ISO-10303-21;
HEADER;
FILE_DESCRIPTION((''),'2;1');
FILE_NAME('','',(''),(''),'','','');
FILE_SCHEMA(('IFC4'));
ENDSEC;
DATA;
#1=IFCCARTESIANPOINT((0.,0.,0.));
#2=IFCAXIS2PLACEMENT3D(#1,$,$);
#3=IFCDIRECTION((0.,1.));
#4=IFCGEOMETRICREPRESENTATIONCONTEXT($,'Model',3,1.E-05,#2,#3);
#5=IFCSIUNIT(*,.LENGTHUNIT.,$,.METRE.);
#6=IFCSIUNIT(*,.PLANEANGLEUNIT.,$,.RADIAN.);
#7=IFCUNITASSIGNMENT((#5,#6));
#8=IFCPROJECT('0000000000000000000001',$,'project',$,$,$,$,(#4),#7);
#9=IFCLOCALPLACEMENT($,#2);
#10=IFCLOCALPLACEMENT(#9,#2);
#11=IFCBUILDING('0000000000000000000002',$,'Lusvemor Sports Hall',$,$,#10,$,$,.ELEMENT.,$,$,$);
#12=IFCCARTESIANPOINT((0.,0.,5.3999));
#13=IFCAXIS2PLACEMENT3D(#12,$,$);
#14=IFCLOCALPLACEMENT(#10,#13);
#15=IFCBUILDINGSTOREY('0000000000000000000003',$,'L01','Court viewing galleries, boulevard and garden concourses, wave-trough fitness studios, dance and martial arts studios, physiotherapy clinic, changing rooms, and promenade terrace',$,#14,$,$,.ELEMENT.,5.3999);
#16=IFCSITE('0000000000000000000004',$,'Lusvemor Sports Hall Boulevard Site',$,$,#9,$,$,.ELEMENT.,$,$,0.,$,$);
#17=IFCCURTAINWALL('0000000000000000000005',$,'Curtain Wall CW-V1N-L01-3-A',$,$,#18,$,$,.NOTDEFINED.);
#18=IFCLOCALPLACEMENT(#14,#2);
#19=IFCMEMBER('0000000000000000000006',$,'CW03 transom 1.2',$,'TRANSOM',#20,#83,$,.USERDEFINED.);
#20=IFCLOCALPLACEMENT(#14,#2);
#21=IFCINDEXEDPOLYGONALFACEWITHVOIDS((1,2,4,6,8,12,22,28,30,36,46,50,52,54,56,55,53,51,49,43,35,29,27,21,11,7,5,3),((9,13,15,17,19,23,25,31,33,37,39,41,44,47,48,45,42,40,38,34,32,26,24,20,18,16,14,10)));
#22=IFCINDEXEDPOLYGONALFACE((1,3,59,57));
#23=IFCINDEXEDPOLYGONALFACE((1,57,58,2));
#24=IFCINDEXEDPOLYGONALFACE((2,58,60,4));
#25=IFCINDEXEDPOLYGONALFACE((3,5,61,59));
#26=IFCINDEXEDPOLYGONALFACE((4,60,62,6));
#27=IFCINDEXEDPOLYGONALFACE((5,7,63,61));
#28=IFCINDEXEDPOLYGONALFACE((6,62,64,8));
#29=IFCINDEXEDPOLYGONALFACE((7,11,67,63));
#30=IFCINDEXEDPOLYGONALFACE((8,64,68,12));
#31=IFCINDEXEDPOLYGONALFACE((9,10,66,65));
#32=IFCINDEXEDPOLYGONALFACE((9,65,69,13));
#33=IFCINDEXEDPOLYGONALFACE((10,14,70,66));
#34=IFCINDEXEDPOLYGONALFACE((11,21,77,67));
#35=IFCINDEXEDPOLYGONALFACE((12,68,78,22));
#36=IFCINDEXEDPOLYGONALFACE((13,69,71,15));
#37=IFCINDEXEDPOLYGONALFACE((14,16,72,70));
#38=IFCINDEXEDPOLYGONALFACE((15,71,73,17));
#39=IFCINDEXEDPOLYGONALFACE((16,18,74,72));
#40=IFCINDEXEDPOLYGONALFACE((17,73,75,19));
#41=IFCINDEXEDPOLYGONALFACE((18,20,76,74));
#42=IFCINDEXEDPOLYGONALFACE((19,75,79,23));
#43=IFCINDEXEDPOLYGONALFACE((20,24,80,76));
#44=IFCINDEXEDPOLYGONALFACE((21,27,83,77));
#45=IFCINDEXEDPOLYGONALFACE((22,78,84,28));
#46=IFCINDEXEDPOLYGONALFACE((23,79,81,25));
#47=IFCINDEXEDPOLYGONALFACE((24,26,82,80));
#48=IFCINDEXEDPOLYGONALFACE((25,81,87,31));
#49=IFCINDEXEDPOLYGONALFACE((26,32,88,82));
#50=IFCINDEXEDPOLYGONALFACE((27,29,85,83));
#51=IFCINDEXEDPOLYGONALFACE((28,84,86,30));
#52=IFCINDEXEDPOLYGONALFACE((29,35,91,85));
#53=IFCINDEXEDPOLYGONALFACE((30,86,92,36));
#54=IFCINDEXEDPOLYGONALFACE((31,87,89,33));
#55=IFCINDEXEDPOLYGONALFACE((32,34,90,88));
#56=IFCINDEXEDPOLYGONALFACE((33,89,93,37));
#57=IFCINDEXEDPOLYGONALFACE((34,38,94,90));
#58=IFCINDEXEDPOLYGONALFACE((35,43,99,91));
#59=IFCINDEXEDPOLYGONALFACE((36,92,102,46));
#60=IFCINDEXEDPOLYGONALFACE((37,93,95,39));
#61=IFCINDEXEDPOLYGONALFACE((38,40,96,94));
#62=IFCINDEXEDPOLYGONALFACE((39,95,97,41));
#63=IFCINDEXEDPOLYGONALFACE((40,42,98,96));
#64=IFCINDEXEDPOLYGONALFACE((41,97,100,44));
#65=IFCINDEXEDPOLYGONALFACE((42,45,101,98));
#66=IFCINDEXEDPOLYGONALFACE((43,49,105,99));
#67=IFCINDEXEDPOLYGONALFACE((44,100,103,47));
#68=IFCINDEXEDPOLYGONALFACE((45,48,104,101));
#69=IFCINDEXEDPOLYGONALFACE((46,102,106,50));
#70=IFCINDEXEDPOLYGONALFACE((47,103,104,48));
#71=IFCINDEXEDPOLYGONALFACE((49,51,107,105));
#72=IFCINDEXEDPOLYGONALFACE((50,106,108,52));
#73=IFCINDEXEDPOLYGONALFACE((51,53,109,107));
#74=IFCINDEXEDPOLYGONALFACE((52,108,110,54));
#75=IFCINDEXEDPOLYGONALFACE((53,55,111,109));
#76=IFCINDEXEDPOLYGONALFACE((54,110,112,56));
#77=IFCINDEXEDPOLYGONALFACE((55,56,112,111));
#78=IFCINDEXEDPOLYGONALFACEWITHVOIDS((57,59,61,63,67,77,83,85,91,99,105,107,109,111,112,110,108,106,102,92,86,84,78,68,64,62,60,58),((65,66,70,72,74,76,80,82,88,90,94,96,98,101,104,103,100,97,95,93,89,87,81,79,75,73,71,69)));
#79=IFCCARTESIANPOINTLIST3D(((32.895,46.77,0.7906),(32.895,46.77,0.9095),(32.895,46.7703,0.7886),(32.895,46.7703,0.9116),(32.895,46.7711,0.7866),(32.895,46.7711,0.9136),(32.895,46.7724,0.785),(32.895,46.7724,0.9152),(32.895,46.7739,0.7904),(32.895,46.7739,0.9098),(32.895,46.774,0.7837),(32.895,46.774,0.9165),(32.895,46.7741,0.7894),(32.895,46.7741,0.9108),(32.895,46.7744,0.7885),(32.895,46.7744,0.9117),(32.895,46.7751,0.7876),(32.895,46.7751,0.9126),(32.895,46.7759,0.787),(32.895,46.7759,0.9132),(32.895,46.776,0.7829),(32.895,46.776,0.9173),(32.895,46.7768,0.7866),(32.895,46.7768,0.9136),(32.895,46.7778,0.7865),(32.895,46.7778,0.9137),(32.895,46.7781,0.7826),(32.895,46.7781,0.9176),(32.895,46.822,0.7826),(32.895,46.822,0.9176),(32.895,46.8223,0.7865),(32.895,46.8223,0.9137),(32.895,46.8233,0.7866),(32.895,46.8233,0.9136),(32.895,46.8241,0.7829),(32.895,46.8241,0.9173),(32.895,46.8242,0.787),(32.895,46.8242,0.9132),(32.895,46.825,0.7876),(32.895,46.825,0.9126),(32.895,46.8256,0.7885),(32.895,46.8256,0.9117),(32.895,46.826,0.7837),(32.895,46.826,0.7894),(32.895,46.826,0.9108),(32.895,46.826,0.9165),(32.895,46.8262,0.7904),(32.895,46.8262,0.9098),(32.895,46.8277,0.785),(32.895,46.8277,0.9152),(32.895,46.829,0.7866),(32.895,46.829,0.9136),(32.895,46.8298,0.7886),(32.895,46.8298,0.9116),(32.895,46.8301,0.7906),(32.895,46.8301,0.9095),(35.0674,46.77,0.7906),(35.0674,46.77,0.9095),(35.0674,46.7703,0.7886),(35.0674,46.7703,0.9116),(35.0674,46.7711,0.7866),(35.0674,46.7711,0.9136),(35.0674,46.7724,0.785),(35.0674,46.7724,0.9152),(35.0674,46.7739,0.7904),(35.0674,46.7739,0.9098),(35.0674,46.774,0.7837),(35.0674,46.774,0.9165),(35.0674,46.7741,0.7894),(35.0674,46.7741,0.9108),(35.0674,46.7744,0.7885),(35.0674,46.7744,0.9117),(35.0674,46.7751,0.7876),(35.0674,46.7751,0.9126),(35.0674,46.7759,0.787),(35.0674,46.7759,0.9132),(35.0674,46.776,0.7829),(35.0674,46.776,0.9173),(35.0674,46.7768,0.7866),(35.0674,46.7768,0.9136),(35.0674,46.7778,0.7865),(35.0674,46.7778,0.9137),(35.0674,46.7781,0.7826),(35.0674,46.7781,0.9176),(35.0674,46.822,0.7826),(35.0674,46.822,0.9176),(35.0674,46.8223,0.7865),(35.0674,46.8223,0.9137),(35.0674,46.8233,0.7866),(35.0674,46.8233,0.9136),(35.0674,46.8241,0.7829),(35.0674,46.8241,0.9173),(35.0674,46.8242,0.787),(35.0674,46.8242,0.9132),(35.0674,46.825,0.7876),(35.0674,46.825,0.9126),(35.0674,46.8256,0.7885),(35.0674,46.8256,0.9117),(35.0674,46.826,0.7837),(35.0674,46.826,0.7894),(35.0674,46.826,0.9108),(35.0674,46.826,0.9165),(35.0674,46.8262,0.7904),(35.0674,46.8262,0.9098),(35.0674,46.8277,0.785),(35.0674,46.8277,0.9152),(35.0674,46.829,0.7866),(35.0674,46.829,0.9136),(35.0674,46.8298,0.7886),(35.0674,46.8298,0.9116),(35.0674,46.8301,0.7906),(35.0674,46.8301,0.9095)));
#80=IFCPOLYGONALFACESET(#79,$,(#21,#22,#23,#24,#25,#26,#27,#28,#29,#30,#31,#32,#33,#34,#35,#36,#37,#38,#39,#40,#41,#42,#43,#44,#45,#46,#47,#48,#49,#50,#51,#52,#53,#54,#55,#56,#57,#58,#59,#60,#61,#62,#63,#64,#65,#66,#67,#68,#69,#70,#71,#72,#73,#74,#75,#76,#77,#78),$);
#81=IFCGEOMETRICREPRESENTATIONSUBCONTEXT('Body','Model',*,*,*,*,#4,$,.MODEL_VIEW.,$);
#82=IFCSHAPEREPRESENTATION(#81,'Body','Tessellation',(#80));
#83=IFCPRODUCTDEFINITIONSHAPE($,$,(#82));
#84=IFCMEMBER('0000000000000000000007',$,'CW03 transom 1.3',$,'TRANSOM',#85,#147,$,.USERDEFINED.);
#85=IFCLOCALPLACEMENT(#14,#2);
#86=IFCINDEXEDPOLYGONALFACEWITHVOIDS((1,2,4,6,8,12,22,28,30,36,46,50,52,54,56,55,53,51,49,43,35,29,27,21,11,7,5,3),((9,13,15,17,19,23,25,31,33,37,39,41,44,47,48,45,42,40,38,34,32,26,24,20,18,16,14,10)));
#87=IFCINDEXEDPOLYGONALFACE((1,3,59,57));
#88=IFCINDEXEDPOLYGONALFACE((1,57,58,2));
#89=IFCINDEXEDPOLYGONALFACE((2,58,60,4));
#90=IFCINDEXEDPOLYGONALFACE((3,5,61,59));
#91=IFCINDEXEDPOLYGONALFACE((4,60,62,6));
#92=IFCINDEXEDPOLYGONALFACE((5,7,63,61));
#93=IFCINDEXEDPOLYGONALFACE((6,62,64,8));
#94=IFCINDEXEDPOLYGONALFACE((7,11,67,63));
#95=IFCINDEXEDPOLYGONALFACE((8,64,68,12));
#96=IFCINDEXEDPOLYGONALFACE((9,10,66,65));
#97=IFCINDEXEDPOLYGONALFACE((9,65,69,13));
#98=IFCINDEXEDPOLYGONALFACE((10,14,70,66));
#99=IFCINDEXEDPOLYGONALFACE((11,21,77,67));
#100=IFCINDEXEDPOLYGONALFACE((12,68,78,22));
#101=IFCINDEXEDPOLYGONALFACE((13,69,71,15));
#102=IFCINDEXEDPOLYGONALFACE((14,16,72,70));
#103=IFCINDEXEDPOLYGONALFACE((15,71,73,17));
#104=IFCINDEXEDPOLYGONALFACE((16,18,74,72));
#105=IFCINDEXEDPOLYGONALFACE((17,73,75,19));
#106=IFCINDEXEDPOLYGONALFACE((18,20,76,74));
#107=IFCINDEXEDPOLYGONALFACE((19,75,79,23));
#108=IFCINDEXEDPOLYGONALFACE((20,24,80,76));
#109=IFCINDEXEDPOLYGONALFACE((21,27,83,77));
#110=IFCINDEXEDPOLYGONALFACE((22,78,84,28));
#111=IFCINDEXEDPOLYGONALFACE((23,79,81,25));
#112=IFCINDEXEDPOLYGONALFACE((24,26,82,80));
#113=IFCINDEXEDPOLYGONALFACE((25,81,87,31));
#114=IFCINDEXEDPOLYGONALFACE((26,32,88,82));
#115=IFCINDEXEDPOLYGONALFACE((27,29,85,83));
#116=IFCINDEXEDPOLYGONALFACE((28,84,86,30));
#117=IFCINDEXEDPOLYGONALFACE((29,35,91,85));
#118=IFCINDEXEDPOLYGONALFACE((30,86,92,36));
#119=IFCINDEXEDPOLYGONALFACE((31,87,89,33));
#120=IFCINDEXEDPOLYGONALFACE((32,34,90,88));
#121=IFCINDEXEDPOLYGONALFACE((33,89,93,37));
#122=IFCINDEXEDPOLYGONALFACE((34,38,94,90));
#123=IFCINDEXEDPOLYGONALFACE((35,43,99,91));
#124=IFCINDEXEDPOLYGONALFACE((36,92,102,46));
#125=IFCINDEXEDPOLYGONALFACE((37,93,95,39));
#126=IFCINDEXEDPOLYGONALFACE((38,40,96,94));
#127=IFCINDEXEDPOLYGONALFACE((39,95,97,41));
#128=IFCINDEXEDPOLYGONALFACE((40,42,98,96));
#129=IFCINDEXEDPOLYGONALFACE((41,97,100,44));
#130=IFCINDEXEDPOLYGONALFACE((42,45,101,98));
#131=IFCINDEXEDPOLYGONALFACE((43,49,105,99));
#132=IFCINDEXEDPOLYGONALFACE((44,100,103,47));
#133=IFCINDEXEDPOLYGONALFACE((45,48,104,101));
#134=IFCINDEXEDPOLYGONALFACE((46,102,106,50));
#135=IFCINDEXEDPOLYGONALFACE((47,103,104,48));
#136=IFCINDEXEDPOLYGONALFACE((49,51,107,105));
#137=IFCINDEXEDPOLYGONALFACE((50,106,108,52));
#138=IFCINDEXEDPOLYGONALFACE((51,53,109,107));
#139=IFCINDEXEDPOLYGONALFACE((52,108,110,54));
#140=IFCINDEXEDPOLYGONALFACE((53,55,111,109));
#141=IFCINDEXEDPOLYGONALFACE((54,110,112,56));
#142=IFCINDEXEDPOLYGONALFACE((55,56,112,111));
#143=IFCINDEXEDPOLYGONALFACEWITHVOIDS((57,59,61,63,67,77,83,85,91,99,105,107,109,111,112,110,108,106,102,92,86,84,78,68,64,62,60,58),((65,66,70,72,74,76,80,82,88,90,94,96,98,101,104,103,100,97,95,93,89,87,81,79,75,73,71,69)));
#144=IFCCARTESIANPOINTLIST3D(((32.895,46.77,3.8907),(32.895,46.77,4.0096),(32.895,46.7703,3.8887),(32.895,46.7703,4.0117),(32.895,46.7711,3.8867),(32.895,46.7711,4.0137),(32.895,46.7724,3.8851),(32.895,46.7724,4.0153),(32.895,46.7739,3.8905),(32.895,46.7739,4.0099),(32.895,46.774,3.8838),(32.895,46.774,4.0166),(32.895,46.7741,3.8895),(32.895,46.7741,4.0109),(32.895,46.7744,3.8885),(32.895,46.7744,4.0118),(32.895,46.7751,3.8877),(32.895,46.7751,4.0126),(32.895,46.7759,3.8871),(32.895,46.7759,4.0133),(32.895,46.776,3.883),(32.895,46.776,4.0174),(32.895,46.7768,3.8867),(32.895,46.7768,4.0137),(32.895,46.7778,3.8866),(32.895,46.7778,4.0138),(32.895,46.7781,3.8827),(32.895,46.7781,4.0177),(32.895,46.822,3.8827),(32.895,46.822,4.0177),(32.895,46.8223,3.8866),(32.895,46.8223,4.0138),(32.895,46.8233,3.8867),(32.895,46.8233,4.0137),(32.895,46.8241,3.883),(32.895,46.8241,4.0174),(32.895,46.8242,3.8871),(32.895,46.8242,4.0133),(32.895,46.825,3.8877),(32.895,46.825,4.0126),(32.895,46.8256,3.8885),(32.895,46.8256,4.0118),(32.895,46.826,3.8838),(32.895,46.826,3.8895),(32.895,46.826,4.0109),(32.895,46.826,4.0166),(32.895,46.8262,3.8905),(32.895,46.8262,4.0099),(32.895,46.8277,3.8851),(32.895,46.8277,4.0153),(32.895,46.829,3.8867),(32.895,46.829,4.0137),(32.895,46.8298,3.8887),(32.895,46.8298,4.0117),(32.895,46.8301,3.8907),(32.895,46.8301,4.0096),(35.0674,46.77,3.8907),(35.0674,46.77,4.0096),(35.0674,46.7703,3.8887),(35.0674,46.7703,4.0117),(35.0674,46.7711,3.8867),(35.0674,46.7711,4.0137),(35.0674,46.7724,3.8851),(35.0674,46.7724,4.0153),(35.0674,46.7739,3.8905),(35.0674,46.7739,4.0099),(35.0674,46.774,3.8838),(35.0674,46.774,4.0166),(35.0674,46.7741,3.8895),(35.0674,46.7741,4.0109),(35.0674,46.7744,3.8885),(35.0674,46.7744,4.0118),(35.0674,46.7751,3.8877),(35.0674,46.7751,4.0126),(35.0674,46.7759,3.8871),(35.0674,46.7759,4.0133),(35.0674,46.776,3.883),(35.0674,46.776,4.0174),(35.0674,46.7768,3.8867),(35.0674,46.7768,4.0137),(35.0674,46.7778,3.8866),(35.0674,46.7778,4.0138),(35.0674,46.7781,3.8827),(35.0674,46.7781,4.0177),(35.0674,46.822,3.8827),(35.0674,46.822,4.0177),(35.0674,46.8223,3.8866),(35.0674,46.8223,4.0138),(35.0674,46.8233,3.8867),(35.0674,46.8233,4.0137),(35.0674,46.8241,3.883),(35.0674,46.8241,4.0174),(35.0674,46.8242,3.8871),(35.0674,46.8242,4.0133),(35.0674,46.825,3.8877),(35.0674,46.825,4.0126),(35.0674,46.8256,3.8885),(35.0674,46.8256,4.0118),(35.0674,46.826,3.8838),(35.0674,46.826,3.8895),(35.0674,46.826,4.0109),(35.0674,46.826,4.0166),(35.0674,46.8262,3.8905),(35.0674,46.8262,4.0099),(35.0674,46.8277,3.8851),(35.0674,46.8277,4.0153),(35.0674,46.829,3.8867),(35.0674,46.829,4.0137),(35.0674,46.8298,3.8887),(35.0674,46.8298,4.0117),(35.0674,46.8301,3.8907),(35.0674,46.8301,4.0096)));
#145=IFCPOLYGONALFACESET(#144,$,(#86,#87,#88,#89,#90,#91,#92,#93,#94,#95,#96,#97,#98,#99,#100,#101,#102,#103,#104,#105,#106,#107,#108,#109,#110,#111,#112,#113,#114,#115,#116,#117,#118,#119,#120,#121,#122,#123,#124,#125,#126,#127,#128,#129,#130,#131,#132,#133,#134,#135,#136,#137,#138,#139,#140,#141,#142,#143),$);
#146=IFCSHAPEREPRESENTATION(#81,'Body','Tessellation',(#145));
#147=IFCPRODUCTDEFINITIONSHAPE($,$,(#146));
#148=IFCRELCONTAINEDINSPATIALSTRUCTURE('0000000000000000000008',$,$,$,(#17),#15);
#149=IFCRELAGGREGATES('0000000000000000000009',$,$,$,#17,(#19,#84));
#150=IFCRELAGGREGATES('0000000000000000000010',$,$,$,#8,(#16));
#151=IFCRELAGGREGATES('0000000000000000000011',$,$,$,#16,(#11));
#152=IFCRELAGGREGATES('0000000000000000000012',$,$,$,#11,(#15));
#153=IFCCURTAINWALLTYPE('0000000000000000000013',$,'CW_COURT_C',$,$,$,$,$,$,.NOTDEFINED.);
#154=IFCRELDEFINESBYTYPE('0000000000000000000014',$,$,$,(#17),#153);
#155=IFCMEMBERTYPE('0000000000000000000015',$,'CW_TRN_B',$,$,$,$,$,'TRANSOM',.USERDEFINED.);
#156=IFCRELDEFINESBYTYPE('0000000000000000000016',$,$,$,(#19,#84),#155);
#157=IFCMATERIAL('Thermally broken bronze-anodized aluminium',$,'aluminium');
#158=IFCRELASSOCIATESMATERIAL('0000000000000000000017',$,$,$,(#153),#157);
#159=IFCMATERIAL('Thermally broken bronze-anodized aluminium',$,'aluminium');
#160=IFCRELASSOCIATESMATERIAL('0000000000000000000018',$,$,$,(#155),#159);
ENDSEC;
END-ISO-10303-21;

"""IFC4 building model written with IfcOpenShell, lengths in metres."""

from ifc_helpers import new_model, si_unit, direction, frame, origin, origin_2d, place, context, subcontext, project, spatial, hollow_rectangle, extrude, material, material_profile, profile_set, type_object, element, aggregate, save


model = new_model("IFC4")

# Units and contexts
model_context = context("Model", 3, precision=1e-05, world=origin(), true_north=direction((0.0, 1.0)))
body_context = subcontext(model_context, "Body", "Model", "MODEL_VIEW")
ifc_project = project(units=[si_unit("LENGTHUNIT", "METRE"), si_unit("PLANEANGLEUNIT", "RADIAN")], contexts=[model_context])

# Site, building, storey
site_placement = place(None, origin())
site = spatial("IfcSite", under=ifc_project, at=site_placement, Name="Lusvemor Sports Hall Boulevard Site", CompositionType="ELEMENT", RefElevation=0.0)
building_placement = place(site_placement, origin())
building = spatial("IfcBuilding", under=site, at=building_placement, Name="Lusvemor Sports Hall", CompositionType="ELEMENT")
storey_placement = place(building_placement, frame((0.0, 0.0, 5.3999)))
storey = spatial("IfcBuildingStorey", under=building, at=storey_placement, Name="L01", Description="Court viewing galleries, boulevard and garden concourses, wave-trough fitness studios, dance and martial arts studios, physiotherapy clinic, changing rooms, and promenade terrace", CompositionType="ELEMENT", Elevation=5.3999)

# Shared definitions
ifc_material_1 = material(Name="Thermally broken bronze-anodized aluminium", Category="aluminium")
curtain_wall_type = type_object("IfcCurtainWallType", Name="CW_COURT_C", PredefinedType="NOTDEFINED", material=ifc_material_1)

# Curtain wall
curtain_wall_1_placement = place(storey_placement, origin())
curtain_wall_1 = element("IfcCurtainWall", 1, at=curtain_wall_1_placement, inside=storey, type_object=curtain_wall_type, Name="Curtain Wall CW-V1N-L01-3-A", PredefinedType="NOTDEFINED")

# Members
ifc_material_2 = material(Name="Thermally broken bronze-anodized aluminium", Category="aluminium")
ifc_material_profile_1 = material_profile(ifc_material_2, hollow_rectangle(XDim=0.0601, YDim=0.135, WallThickness=0.0039, InnerFilletRadius=0.0039, OuterFilletRadius=0.0081, at=origin_2d()), Name="CWTRN135x60x4")
ifc_profile_set_1 = profile_set([ifc_material_profile_1], Name="Thermally broken bronze-anodized aluminium")
member_type_1 = type_object("IfcMemberType", Name="CW_TRN_B", ElementType="TRANSOM", PredefinedType="USERDEFINED", material=ifc_profile_set_1)
member_1_placement = place(storey_placement, frame((32.895, 46.8, 0.8501), z_axis=(1.0, 0.0, 0.0), x_axis=(0.0, 1.0, 0.0)))
member_1 = element("IfcMember", 2, at=member_1_placement, type_object=member_type_1, Name="CW03 transom 1.2", ObjectType="TRANSOM", PredefinedType="USERDEFINED", context=body_context, shape_type="SweptSolid", body=[
    extrude(hollow_rectangle(XDim=0.0601, YDim=0.135, WallThickness=0.0039, InnerFilletRadius=0.0039, OuterFilletRadius=0.0081, at=origin_2d()), origin(), (0.0, 0.0, 1.0), 2.1724),
])
member_2_placement = place(storey_placement, frame((32.895, 46.8, 3.9502), z_axis=(1.0, 0.0, 0.0), x_axis=(0.0, 1.0, 0.0)))
member_2 = element("IfcMember", 3, at=member_2_placement, type_object=member_type_1, Name="CW03 transom 1.3", ObjectType="TRANSOM", PredefinedType="USERDEFINED", context=body_context, shape_type="SweptSolid", body=[
    extrude(hollow_rectangle(XDim=0.0601, YDim=0.135, WallThickness=0.0039, InnerFilletRadius=0.0039, OuterFilletRadius=0.0081, at=origin_2d()), origin(), (0.0, 0.0, 1.0), 2.1724),
])

aggregate(curtain_wall_1, [member_1, member_2])

save(model, "model.ifc")
